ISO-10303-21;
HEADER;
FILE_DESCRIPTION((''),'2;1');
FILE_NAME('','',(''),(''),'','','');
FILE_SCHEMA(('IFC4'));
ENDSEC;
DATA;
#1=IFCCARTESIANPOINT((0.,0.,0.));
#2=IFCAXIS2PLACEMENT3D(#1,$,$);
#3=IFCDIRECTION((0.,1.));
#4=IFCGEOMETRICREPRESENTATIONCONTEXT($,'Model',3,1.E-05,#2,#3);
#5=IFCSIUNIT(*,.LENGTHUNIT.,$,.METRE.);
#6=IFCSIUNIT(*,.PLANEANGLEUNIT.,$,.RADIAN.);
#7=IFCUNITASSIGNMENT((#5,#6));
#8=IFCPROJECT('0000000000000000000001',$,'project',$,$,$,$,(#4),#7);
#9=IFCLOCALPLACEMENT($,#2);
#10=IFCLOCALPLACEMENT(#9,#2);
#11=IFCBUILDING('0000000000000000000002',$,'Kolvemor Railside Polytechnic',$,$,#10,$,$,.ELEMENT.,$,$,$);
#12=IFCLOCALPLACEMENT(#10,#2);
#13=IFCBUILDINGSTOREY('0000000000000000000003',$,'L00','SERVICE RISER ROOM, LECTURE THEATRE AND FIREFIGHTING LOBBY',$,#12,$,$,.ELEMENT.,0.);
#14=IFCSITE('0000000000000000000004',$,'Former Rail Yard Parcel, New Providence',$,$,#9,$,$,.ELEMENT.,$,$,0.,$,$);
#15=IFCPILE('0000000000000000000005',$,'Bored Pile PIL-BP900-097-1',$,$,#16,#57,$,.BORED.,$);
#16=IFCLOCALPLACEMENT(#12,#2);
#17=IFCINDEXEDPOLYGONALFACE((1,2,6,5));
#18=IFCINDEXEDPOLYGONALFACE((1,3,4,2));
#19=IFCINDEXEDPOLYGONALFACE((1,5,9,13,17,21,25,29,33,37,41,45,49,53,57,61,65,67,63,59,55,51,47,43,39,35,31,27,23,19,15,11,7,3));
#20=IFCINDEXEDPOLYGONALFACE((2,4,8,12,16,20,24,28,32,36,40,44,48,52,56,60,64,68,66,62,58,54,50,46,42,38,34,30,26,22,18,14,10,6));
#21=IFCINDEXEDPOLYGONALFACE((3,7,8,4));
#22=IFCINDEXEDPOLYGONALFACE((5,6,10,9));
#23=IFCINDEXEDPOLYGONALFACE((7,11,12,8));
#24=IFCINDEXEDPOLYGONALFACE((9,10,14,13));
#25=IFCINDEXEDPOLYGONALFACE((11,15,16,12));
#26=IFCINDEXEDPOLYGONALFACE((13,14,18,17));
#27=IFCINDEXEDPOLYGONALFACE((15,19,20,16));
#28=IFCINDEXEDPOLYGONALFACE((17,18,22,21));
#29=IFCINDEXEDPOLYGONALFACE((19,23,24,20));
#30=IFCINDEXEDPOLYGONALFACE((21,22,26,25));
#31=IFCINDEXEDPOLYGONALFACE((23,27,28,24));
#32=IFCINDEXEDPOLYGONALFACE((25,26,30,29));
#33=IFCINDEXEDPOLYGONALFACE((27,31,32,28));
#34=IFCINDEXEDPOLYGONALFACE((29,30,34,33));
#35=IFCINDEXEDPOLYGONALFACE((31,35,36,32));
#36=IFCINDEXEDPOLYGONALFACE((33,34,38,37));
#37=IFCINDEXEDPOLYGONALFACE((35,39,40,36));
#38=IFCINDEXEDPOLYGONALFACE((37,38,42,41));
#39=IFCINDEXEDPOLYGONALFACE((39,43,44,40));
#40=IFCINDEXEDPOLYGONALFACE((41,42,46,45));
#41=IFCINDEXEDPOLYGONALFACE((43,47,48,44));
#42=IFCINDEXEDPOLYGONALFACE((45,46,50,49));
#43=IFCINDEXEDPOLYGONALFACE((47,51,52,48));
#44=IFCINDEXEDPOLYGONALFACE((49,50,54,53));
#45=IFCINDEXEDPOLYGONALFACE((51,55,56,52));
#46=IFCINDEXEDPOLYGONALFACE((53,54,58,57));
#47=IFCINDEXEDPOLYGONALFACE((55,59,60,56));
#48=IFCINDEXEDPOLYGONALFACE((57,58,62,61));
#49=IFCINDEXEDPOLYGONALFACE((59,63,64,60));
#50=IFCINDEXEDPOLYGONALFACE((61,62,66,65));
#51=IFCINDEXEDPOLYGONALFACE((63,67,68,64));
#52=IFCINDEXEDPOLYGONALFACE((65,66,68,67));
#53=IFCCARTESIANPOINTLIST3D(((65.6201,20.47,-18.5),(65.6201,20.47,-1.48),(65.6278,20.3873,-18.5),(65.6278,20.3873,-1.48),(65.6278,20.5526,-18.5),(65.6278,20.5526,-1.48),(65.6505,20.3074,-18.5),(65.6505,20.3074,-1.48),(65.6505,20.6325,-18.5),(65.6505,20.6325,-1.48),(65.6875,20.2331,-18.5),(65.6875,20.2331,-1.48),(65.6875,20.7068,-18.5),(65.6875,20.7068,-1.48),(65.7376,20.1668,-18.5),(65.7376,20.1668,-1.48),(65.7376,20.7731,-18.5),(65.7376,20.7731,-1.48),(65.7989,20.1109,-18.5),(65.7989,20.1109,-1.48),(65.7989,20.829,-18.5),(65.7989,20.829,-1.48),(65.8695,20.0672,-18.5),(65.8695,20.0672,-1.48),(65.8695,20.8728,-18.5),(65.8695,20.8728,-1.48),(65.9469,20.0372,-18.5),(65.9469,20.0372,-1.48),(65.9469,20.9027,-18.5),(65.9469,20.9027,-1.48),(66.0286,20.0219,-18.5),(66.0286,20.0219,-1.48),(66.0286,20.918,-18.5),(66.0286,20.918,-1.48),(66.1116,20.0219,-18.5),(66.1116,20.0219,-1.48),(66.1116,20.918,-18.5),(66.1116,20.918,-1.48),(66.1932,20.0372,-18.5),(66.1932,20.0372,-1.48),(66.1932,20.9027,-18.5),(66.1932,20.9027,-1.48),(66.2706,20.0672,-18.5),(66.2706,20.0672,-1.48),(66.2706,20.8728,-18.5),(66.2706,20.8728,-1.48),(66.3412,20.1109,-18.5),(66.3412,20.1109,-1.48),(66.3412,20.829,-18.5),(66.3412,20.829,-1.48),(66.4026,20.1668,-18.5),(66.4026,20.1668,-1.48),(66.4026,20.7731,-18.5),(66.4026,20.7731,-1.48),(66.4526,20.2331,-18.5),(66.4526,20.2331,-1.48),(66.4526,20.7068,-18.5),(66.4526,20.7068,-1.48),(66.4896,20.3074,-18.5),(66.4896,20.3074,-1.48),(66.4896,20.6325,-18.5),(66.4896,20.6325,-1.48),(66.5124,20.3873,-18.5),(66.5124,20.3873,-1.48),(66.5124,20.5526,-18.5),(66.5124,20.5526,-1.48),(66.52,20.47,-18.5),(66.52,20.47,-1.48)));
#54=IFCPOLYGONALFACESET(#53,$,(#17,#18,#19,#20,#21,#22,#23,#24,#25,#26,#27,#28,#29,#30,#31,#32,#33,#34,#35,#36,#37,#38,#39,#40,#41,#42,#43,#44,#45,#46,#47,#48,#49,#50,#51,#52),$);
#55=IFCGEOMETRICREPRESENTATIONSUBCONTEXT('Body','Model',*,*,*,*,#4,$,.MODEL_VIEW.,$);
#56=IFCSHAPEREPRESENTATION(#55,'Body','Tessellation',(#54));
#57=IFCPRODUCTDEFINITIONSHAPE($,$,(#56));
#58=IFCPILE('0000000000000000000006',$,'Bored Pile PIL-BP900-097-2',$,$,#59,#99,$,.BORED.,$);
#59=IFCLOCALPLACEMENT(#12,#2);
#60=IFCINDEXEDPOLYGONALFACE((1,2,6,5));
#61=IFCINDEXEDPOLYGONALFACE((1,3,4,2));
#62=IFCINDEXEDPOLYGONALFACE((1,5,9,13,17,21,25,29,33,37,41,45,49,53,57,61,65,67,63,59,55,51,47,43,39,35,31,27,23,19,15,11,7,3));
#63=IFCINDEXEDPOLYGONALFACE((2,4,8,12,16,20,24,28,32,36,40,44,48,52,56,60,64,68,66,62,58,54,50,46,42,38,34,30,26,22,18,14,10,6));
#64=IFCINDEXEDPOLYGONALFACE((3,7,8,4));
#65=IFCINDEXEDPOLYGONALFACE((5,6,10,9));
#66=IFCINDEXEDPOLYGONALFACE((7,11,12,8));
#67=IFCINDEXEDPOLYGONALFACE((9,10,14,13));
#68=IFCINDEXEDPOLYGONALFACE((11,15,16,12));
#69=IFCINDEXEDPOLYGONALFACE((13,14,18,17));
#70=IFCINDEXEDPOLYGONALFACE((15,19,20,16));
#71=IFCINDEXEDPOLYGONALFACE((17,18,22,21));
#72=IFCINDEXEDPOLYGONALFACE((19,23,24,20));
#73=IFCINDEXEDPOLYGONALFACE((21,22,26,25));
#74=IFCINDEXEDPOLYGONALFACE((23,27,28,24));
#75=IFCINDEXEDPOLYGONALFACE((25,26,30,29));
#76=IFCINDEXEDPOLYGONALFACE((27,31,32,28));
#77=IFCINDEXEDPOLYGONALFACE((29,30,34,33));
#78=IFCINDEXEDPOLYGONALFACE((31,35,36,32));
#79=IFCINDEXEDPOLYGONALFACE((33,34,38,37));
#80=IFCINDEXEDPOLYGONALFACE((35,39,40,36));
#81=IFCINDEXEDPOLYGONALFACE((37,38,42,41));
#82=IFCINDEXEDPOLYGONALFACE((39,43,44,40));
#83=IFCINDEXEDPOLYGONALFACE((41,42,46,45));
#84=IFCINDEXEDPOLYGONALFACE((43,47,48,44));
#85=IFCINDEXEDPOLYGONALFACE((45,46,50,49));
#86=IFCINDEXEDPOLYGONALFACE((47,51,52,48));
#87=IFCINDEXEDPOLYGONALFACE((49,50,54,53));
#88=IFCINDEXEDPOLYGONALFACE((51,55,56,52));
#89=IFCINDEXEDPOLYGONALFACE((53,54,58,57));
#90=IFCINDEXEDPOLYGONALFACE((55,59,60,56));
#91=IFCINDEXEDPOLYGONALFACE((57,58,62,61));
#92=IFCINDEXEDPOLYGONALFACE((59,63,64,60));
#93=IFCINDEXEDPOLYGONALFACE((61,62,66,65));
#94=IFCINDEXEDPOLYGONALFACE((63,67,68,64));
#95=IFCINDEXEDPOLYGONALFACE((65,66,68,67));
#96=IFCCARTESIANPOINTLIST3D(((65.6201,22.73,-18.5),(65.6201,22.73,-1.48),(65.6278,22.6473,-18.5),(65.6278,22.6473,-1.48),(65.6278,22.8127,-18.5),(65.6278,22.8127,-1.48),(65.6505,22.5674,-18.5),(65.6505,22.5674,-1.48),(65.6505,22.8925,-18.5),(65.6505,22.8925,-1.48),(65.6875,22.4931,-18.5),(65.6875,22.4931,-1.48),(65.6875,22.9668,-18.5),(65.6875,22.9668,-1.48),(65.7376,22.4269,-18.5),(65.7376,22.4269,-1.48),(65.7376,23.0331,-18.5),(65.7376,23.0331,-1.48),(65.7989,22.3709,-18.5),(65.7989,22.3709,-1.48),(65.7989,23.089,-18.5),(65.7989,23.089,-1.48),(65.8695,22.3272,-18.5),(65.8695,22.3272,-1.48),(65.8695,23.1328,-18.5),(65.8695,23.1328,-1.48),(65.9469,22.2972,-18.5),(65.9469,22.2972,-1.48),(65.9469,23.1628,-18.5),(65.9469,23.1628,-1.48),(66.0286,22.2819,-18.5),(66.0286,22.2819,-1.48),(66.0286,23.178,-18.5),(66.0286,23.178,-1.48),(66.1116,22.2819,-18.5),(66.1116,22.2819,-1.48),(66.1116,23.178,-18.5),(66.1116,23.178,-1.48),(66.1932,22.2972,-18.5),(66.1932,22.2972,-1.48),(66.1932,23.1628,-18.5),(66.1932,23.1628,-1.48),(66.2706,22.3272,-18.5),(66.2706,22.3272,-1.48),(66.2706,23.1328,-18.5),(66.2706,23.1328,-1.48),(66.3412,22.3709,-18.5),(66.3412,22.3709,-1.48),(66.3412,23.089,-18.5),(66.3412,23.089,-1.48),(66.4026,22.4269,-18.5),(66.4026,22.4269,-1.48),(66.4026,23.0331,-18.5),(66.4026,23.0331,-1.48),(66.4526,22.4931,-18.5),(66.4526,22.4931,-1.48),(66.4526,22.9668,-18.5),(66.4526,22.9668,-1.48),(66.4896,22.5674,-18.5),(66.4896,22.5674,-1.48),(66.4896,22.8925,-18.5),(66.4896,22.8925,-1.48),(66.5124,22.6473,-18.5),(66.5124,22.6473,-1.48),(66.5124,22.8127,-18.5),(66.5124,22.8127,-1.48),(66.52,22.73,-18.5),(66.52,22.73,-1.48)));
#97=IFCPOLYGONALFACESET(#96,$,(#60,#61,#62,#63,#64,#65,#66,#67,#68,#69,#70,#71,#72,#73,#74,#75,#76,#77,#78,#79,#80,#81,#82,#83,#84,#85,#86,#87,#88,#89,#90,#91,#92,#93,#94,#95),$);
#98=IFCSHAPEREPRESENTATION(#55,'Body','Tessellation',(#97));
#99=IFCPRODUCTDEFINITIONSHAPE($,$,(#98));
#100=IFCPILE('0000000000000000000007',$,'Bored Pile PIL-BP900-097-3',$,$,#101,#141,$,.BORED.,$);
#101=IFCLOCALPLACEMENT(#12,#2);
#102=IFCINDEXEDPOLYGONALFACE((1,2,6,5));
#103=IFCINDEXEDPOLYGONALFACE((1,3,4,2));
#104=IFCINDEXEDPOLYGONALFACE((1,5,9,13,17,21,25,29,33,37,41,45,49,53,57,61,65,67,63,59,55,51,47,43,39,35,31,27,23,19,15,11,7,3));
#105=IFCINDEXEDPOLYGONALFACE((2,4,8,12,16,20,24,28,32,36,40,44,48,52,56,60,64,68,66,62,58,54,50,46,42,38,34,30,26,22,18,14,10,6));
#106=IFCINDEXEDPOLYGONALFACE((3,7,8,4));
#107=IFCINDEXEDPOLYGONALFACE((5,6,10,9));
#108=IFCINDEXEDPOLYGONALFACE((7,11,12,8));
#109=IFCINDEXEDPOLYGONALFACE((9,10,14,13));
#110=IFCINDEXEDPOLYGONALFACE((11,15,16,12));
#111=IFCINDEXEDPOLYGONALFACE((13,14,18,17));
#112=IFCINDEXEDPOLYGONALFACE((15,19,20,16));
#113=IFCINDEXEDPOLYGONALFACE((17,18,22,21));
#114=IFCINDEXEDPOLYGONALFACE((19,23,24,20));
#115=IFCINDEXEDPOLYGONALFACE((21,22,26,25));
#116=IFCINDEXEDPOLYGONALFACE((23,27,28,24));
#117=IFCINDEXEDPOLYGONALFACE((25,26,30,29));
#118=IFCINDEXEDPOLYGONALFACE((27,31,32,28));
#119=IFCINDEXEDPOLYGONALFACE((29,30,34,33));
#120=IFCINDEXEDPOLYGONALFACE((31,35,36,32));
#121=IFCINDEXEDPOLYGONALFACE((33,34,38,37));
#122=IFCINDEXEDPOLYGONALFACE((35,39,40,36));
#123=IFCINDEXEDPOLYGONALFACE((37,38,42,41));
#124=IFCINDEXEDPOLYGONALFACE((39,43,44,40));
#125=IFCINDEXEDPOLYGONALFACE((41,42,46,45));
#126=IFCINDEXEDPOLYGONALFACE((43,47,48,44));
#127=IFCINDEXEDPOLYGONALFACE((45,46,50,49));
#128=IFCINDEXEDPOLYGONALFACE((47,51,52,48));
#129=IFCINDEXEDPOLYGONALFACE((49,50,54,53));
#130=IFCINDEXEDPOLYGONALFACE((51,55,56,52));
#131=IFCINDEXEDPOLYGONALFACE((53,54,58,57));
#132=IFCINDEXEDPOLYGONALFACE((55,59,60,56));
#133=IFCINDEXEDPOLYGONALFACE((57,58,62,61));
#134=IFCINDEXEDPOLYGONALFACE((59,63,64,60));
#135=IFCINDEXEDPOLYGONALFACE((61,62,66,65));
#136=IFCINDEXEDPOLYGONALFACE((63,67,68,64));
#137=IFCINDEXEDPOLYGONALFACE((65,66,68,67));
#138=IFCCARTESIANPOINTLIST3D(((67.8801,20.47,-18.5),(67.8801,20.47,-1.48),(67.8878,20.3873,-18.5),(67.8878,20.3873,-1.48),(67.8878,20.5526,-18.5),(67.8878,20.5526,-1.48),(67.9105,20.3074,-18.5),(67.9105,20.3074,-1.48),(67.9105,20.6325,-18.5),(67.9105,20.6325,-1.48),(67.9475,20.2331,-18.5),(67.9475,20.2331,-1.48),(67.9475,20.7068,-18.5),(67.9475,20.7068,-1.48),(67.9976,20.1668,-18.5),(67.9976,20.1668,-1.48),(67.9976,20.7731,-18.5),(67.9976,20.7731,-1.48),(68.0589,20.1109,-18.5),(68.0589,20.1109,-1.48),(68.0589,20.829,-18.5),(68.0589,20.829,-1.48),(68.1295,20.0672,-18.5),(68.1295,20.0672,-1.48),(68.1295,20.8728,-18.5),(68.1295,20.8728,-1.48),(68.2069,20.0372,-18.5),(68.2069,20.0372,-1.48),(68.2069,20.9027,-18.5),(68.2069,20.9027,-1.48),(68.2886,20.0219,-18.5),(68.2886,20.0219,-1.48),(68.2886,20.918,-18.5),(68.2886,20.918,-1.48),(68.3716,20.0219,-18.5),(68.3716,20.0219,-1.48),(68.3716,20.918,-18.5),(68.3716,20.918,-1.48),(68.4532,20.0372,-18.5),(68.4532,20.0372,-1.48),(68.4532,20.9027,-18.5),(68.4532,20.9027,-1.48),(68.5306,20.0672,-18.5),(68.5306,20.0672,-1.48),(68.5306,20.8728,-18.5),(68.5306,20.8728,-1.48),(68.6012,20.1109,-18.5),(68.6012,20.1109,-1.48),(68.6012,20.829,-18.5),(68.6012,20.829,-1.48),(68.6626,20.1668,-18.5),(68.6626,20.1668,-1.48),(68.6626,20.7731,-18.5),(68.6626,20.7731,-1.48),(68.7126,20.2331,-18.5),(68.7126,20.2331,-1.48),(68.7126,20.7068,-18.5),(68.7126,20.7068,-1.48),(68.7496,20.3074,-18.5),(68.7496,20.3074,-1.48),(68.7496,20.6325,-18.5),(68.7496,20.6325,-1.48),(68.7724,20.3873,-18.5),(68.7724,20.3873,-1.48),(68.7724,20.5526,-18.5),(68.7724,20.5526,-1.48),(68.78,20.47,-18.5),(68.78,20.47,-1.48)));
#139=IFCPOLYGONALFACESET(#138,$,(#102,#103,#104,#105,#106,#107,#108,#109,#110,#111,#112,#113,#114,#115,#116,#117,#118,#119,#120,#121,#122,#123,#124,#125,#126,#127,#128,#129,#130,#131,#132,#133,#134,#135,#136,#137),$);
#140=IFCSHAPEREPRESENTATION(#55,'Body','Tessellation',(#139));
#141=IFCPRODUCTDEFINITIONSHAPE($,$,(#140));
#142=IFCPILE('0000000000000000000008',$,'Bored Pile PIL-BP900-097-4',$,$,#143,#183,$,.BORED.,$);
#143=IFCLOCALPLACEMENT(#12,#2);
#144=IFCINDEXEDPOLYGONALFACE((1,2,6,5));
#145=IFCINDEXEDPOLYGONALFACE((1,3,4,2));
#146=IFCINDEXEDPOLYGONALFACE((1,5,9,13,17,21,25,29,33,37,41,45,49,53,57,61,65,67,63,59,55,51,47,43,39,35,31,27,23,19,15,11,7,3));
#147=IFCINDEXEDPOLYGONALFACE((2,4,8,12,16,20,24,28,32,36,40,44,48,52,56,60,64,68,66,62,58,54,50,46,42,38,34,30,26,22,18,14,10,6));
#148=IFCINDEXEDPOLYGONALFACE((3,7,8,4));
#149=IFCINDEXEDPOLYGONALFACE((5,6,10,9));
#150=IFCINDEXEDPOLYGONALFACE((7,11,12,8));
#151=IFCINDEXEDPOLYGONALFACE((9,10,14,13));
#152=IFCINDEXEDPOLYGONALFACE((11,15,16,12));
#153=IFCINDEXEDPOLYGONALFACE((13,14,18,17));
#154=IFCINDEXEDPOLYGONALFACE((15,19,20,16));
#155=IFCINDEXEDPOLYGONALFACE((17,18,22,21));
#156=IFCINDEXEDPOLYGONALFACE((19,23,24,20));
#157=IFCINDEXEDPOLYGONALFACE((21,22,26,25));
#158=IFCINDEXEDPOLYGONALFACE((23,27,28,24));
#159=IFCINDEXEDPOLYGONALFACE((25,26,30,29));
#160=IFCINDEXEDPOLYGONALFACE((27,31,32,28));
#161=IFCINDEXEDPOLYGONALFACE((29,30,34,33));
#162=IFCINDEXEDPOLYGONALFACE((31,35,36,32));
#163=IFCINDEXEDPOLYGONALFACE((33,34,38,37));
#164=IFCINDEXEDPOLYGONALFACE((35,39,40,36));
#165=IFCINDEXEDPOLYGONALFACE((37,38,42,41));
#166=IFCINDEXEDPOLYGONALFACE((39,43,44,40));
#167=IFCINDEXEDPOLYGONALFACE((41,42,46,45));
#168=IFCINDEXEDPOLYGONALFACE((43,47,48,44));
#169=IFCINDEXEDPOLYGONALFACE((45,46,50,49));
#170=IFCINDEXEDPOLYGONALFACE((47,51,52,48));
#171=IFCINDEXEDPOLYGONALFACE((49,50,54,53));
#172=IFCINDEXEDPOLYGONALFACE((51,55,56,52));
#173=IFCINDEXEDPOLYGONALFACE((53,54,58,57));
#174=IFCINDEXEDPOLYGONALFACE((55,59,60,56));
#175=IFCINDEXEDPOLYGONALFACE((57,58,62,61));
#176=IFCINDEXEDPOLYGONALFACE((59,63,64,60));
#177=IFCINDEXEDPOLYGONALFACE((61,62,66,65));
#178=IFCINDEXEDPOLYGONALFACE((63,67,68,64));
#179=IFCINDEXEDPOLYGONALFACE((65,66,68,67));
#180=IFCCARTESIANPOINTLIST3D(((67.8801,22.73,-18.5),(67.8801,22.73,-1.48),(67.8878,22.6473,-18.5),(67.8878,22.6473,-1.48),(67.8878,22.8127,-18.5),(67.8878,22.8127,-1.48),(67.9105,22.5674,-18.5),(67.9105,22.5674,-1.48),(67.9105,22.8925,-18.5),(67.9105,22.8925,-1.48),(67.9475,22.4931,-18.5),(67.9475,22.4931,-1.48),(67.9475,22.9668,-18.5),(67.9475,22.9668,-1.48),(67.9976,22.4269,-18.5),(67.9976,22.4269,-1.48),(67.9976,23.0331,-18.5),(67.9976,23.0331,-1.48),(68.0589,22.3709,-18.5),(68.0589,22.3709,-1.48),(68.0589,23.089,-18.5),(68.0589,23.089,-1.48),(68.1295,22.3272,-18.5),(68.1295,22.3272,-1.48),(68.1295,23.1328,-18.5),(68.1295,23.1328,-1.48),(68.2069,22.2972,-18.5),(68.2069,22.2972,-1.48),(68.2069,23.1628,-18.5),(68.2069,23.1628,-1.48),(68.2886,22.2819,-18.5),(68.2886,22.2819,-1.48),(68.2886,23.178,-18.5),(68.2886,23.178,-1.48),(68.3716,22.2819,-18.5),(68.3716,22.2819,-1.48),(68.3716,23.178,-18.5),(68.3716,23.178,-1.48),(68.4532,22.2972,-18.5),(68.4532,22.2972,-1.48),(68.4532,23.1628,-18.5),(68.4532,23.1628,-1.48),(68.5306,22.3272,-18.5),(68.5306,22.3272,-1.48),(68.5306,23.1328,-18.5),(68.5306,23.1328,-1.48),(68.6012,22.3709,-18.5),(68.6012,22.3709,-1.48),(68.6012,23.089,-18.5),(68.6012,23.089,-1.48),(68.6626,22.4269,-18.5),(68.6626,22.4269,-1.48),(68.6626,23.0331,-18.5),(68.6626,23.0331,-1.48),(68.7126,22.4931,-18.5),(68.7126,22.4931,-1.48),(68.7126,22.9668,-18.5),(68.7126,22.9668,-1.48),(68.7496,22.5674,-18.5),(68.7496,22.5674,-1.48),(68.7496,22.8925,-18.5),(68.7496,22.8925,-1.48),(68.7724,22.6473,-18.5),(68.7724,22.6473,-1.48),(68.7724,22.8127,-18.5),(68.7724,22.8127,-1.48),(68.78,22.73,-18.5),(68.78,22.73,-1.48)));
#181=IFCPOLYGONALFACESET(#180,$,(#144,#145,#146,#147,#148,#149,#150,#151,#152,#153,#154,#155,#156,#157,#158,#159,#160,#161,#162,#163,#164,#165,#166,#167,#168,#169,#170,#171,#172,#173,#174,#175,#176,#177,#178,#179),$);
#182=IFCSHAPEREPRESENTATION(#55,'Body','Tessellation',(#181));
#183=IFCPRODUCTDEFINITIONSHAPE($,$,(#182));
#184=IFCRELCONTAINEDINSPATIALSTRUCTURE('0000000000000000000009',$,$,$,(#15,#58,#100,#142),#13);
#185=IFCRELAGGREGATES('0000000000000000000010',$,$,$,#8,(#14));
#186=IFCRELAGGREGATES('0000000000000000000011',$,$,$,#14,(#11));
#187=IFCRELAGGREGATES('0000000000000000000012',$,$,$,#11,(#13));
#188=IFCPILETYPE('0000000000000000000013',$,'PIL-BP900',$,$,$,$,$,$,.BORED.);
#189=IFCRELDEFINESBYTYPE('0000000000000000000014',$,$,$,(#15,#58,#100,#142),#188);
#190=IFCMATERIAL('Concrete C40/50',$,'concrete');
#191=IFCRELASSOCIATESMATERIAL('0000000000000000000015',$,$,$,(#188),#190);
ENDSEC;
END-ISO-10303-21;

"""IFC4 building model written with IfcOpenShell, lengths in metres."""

from ifc_helpers import new_model, si_unit, direction, frame, origin, origin_2d, place, context, subcontext, project, spatial, circle, extrude, material, material_profile, profile_set, type_object, element, save


model = new_model("IFC4")

# Units and contexts
model_context = context("Model", 3, precision=1e-05, world=origin(), true_north=direction((0.0, 1.0)))
body_context = subcontext(model_context, "Body", "Model", "MODEL_VIEW")
ifc_project = project(units=[si_unit("LENGTHUNIT", "METRE"), si_unit("PLANEANGLEUNIT", "RADIAN")], contexts=[model_context])

# Site, building, storey
site_placement = place(None, origin())
site = spatial("IfcSite", under=ifc_project, at=site_placement, Name="Former Rail Yard Parcel, New Providence", CompositionType="ELEMENT", RefElevation=0.0)
building_placement = place(site_placement, origin())
building = spatial("IfcBuilding", under=site, at=building_placement, Name="Kolvemor Railside Polytechnic", CompositionType="ELEMENT")
storey_placement = place(building_placement, origin())
storey = spatial("IfcBuildingStorey", under=building, at=storey_placement, Name="L00", Description="SERVICE RISER ROOM, LECTURE THEATRE AND FIREFIGHTING LOBBY", CompositionType="ELEMENT", Elevation=0.0)

# Piles
ifc_material_1 = material(Name="Concrete C40/50", Category="concrete")
ifc_material_profile_1 = material_profile(ifc_material_1, circle(Radius=0.45, at=origin_2d()), Name="BP900")
ifc_profile_set_1 = profile_set([ifc_material_profile_1], Name="Concrete C40/50")
pile_type_1 = type_object("IfcPileType", Name="PIL-BP900", PredefinedType="BORED", material=ifc_profile_set_1)
for number, where, z_axis, x_axis, name in (
    (1, (66.0701, 20.47, -1.48), (0.0, 0.0, -1.0), (1.0, 0.0, 0.0), "Bored Pile PIL-BP900-097-1"),
    (2, (66.0701, 22.73, -1.48), (0.0, 0.0, -1.0), (1.0, 0.0, 0.0), "Bored Pile PIL-BP900-097-2"),
    (3, (68.3301, 20.47, -1.48), (0.0, 0.0, -1.0), (1.0, 0.0, 0.0), "Bored Pile PIL-BP900-097-3"),
    (4, (68.3301, 22.73, -1.48), (0.0, 0.0, -1.0), (1.0, 0.0, 0.0), "Bored Pile PIL-BP900-097-4"),
):
    element("IfcPile", number, at=place(storey_placement, frame(where, z_axis=z_axis, x_axis=x_axis)), inside=storey, type_object=pile_type_1, Name=name, PredefinedType="BORED", context=body_context, shape_type="SweptSolid", body=[
        extrude(circle(Radius=0.45, at=origin_2d()), origin(), (0.0, 0.0, 1.0), 17.02),
    ])

save(model, "model.ifc")
